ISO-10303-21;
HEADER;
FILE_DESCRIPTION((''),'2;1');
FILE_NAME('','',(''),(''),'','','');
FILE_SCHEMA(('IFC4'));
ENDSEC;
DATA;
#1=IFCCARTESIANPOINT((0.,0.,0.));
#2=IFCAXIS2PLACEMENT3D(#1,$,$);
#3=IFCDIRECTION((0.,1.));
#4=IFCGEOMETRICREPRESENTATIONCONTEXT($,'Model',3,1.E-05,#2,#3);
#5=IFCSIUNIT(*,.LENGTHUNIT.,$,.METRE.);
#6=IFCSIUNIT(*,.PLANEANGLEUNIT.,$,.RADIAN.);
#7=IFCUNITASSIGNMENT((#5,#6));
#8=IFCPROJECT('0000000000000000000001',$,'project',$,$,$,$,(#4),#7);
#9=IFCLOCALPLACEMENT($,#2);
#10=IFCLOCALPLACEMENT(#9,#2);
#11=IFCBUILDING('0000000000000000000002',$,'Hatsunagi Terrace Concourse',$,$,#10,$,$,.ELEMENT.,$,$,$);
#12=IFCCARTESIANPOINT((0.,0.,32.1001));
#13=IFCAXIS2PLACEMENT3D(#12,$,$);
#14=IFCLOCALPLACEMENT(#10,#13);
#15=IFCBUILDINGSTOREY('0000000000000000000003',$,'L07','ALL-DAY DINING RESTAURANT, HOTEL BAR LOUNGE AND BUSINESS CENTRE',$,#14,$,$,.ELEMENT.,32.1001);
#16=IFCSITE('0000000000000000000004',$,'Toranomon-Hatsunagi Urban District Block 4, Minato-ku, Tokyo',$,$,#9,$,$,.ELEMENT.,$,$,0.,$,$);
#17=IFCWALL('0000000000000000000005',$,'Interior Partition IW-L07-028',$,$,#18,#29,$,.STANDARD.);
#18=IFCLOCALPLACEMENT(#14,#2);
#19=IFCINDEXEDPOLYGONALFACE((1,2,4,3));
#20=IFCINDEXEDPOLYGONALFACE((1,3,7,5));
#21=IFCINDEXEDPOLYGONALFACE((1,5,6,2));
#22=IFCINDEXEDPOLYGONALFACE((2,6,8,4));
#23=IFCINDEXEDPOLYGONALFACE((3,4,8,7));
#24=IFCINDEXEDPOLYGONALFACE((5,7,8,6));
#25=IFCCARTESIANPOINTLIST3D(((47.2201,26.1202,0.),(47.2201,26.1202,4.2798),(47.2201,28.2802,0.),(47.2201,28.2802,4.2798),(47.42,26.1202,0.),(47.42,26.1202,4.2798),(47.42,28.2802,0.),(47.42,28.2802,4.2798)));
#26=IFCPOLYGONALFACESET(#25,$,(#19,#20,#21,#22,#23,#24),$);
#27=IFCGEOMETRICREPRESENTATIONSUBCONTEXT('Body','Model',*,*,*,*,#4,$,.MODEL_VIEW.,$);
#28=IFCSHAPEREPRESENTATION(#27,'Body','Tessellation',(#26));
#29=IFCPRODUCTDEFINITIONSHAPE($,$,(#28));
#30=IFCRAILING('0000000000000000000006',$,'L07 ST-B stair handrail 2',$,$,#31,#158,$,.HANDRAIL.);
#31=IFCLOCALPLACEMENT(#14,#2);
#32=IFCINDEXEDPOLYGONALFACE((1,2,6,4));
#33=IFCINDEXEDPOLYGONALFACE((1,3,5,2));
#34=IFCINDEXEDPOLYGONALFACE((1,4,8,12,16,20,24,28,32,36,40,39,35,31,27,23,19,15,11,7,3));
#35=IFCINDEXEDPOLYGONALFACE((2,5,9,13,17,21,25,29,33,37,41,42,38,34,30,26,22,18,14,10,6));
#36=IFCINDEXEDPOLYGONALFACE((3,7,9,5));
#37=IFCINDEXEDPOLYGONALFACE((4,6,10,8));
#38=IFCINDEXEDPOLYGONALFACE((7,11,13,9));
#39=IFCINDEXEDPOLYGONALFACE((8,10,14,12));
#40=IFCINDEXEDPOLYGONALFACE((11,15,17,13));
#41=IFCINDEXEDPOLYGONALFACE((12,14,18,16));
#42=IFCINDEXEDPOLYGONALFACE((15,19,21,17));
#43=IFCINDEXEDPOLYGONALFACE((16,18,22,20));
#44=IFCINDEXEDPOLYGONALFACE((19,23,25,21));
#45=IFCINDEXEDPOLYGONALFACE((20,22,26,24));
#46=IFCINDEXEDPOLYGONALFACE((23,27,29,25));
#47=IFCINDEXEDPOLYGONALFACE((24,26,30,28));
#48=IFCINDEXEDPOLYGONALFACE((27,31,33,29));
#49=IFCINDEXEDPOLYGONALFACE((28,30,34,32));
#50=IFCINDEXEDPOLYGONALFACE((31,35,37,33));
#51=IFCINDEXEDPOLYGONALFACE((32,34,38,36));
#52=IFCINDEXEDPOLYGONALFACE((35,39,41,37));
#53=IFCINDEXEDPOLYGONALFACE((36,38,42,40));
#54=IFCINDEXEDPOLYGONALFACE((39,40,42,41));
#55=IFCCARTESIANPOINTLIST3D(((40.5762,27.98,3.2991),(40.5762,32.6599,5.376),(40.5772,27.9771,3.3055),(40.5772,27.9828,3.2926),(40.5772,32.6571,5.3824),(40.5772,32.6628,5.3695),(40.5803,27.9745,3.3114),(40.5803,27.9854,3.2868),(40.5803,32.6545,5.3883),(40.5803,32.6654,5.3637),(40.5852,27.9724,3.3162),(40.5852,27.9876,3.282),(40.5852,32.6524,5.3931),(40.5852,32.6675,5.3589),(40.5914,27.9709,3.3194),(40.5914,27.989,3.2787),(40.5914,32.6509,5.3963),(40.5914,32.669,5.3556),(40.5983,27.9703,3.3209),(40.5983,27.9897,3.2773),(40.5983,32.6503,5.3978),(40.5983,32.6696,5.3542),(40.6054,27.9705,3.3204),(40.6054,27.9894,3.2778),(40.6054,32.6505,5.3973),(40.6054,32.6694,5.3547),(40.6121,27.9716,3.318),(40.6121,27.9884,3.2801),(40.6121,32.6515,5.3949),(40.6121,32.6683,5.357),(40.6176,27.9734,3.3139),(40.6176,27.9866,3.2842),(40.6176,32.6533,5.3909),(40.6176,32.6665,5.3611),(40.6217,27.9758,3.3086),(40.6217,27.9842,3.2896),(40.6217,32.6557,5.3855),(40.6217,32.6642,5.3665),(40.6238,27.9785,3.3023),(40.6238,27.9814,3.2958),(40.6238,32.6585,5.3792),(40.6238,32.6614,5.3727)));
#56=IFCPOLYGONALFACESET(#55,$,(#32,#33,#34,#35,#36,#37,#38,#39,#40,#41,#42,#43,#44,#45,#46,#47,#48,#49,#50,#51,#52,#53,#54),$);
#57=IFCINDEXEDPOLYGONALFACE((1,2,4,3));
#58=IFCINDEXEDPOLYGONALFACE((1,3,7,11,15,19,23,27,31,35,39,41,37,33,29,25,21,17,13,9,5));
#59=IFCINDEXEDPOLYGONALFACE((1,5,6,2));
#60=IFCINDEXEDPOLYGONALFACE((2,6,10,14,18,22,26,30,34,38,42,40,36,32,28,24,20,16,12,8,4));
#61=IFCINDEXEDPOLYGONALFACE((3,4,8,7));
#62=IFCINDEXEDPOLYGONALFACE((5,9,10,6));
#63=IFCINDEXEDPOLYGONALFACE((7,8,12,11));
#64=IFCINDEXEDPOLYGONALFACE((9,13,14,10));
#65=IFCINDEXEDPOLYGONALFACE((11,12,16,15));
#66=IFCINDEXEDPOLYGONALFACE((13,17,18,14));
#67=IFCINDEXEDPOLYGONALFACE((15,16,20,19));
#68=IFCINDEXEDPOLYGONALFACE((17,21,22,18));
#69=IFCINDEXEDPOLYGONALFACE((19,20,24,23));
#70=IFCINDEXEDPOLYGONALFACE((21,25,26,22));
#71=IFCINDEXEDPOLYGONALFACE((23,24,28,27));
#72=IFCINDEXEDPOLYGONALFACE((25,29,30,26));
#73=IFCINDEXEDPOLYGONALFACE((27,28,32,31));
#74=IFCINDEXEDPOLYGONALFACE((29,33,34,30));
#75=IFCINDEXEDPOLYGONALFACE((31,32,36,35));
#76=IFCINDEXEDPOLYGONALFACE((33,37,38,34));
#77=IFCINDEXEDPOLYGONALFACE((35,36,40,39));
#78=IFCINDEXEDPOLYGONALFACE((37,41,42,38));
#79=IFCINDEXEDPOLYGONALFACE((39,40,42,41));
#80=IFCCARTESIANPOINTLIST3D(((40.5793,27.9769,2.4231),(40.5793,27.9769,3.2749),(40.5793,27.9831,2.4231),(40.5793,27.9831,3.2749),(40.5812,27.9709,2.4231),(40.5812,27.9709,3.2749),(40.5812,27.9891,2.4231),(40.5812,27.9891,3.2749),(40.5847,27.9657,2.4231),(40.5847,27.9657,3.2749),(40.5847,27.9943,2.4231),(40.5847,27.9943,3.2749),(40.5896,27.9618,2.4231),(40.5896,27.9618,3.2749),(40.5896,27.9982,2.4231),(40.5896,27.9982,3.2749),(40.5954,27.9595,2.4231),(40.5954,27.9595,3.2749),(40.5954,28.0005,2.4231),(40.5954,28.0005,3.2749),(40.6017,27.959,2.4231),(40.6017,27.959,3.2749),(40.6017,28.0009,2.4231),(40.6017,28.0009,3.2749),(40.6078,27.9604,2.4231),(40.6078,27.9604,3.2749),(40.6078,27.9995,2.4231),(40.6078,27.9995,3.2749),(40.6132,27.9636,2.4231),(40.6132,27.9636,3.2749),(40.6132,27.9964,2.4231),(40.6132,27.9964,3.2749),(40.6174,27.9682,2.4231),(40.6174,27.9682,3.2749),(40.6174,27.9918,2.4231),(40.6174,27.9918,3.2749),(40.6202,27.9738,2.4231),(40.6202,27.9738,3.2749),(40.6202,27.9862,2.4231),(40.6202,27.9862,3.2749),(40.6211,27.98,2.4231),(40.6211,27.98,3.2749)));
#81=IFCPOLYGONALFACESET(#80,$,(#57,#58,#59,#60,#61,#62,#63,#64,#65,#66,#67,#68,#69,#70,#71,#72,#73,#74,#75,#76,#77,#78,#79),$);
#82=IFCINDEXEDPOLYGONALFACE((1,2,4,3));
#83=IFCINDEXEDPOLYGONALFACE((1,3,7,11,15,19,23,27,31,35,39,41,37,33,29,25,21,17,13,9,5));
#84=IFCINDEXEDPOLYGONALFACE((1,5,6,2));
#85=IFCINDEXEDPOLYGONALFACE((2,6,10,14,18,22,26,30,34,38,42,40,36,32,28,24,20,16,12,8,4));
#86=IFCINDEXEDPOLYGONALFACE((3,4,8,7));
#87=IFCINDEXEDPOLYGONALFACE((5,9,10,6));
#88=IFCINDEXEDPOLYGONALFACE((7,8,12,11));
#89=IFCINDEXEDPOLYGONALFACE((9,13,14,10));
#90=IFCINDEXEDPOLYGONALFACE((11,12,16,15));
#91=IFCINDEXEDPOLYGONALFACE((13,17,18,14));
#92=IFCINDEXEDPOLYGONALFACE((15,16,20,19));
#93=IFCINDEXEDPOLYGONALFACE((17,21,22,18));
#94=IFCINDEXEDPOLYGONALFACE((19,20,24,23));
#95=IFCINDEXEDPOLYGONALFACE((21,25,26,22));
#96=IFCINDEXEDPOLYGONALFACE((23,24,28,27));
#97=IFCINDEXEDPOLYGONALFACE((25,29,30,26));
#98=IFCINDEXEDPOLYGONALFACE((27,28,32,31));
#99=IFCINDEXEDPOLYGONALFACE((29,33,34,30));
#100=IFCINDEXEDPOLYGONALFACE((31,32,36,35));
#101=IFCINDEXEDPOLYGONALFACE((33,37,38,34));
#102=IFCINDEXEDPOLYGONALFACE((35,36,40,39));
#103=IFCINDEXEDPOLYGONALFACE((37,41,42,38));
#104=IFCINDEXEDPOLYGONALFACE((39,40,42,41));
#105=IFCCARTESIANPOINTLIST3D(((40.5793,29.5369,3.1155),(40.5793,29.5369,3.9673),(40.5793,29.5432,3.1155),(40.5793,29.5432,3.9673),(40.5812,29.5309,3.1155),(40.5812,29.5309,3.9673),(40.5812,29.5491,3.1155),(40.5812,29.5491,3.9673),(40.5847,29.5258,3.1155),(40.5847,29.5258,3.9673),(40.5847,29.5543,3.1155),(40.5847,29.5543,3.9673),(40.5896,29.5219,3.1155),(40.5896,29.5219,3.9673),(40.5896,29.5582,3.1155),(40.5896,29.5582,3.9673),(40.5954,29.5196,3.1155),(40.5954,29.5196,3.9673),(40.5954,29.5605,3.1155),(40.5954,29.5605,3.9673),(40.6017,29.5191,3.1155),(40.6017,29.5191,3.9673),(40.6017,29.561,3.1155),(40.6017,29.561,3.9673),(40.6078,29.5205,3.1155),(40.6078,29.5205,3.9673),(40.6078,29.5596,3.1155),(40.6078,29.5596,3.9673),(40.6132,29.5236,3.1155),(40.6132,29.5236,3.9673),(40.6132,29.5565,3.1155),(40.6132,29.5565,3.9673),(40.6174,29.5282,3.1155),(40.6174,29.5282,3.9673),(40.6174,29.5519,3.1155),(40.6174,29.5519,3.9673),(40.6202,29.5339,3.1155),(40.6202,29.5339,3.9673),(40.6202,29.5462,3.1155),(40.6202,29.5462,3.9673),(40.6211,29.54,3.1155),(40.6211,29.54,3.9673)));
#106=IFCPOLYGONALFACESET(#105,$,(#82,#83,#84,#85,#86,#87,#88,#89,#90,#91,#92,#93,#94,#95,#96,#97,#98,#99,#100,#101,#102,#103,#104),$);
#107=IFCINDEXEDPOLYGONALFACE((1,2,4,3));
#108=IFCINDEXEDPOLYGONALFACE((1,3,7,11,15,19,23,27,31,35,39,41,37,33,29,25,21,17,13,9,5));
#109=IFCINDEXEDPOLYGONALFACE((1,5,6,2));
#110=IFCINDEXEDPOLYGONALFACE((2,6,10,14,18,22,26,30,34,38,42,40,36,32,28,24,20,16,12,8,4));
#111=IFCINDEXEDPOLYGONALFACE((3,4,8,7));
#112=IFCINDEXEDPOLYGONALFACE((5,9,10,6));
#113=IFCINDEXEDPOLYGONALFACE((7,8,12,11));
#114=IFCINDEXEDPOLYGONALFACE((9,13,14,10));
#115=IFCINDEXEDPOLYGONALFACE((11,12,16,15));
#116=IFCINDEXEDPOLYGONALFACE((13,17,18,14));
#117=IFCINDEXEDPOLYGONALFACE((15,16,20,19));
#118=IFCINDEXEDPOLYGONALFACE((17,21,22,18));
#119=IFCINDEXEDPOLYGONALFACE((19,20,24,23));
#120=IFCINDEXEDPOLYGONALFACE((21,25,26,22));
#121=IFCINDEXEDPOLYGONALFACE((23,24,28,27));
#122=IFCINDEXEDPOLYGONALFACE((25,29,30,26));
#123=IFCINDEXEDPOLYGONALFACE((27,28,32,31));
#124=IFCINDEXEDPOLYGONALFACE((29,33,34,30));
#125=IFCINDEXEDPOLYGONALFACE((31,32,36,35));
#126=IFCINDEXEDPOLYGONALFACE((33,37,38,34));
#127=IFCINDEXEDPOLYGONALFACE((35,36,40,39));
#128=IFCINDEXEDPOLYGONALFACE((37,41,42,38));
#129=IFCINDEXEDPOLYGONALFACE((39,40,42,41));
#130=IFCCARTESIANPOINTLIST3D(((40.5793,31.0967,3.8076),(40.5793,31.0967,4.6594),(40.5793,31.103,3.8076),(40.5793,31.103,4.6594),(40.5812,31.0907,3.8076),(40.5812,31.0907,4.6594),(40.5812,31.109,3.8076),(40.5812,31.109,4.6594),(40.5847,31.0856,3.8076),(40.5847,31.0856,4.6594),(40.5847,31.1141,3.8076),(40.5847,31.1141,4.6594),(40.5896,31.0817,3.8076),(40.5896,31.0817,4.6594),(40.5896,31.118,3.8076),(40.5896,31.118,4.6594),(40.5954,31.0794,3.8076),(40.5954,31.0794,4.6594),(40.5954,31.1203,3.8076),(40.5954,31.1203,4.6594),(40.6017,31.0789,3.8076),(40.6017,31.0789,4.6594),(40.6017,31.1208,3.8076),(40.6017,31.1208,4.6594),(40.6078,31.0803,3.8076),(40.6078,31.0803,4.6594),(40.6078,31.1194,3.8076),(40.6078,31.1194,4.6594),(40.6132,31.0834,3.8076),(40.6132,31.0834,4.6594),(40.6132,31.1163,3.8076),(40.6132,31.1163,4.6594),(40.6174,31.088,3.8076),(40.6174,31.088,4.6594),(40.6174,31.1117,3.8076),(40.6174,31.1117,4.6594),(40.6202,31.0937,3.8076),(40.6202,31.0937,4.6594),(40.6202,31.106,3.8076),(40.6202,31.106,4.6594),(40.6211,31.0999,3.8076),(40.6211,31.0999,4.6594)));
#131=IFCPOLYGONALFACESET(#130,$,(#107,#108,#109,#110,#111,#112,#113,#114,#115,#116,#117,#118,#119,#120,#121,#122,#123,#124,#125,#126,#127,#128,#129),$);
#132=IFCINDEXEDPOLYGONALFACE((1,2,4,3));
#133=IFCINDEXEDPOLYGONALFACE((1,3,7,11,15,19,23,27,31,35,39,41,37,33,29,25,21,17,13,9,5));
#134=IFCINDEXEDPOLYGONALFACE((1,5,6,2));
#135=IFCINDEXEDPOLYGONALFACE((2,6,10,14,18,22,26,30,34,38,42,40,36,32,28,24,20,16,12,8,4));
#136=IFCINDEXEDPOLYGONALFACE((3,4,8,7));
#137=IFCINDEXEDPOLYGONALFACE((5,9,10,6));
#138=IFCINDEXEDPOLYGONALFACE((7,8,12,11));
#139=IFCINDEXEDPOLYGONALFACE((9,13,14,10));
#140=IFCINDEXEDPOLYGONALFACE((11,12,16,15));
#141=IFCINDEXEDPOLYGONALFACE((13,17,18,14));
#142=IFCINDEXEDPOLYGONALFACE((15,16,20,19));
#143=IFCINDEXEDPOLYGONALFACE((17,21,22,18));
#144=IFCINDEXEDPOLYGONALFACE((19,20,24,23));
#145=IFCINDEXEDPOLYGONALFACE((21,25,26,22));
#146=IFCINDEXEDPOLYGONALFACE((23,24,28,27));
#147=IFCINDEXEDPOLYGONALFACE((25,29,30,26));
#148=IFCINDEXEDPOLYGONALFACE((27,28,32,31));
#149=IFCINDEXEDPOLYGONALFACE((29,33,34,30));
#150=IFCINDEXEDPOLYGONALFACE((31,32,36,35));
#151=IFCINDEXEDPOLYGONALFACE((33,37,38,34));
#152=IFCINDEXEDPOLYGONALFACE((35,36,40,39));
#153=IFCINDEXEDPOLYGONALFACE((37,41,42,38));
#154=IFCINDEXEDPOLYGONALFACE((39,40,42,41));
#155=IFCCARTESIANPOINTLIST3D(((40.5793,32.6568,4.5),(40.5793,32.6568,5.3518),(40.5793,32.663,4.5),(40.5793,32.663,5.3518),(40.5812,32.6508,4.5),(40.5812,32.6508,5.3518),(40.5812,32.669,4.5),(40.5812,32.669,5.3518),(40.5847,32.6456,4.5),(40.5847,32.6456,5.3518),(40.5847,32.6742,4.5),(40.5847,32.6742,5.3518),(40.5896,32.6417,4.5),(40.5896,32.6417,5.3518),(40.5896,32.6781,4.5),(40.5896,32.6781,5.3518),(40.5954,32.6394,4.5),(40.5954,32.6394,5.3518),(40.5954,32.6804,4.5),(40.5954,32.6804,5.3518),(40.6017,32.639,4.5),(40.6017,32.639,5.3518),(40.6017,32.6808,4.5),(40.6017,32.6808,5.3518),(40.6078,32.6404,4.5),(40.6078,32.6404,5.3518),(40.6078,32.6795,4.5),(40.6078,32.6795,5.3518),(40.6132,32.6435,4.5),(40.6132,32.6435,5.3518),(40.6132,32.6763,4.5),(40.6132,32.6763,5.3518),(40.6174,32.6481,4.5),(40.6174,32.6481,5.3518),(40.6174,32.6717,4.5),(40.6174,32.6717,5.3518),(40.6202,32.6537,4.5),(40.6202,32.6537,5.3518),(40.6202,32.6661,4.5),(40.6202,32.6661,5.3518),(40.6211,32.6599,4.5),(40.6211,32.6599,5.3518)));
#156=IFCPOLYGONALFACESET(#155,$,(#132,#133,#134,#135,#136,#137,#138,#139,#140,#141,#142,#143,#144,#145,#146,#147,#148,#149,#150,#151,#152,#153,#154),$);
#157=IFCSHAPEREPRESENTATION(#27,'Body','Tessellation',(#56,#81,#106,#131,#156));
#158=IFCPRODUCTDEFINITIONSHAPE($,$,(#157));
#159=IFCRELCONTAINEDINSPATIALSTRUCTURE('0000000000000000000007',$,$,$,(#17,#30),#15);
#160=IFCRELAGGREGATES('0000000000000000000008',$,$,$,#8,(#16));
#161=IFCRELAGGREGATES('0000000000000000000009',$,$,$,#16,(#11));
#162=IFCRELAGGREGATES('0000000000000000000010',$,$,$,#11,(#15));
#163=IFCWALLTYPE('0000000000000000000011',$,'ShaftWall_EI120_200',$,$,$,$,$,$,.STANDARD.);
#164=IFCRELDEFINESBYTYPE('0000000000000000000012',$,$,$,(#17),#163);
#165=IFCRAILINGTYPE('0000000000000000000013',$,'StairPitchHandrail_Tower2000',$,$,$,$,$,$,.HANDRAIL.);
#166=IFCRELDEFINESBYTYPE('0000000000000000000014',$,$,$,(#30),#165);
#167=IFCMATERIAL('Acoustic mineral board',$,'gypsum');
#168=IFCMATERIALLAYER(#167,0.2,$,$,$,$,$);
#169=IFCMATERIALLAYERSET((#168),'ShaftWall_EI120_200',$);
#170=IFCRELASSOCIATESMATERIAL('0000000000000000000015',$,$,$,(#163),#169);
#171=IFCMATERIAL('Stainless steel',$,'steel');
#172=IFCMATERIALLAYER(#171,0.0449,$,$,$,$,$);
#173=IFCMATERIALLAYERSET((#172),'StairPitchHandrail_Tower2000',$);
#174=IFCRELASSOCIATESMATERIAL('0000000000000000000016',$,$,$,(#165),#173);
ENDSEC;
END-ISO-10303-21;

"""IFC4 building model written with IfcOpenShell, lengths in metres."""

from ifc_helpers import new_model, si_unit, direction, frame, frame_2d, origin, origin_2d, place, context, subcontext, project, spatial, rectangle, circle, extrude, material, layer, layer_set, type_object, element, save


model = new_model("IFC4")

# Units and contexts
model_context = context("Model", 3, precision=1e-05, world=origin(), true_north=direction((0.0, 1.0)))
body_context = subcontext(model_context, "Body", "Model", "MODEL_VIEW")
ifc_project = project(units=[si_unit("LENGTHUNIT", "METRE"), si_unit("PLANEANGLEUNIT", "RADIAN")], contexts=[model_context])

# Site, building, storey
site_placement = place(None, origin())
site = spatial("IfcSite", under=ifc_project, at=site_placement, Name="Toranomon-Hatsunagi Urban District Block 4, Minato-ku, Tokyo", CompositionType="ELEMENT", RefElevation=0.0)
building_placement = place(site_placement, origin())
building = spatial("IfcBuilding", under=site, at=building_placement, Name="Hatsunagi Terrace Concourse", CompositionType="ELEMENT")
storey_placement = place(building_placement, frame((0.0, 0.0, 32.1001)))
storey = spatial("IfcBuildingStorey", under=building, at=storey_placement, Name="L07", Description="ALL-DAY DINING RESTAURANT, HOTEL BAR LOUNGE AND BUSINESS CENTRE", CompositionType="ELEMENT", Elevation=32.1001)

# Wall
ifc_material_1 = material(Name="Acoustic mineral board", Category="gypsum")
ifc_layer_1 = layer(ifc_material_1, 0.2)
ifc_layer_set_1 = layer_set([ifc_layer_1], Name="ShaftWall_EI120_200")
wall_type_1 = type_object("IfcWallType", Name="ShaftWall_EI120_200", PredefinedType="STANDARD", material=ifc_layer_set_1)
for number, where, z_axis, x_axis, name in (
    (1, (47.3201, 26.1201, 0.0), (0.0, 0.0, 1.0), (0.0, 1.0, 0.0), "Interior Partition IW-L07-028"),
):
    element("IfcWall", number, at=place(storey_placement, frame(where, z_axis=z_axis, x_axis=x_axis)), inside=storey, type_object=wall_type_1, Name=name, PredefinedType="STANDARD", context=body_context, shape_type="SweptSolid", body=[
        extrude(rectangle(XDim=2.1599, YDim=0.2, at=frame_2d((1.0801, 0.0))), origin(), (0.0, 0.0, 1.0), 4.2798),
    ])

# Railing
ifc_material_2 = material(Name="Stainless steel", Category="steel")
ifc_layer_2 = layer(ifc_material_2, 0.0449)
ifc_layer_set_2 = layer_set([ifc_layer_2], Name="StairPitchHandrail_Tower2000")
railing_type = type_object("IfcRailingType", Name="StairPitchHandrail_Tower2000", PredefinedType="HANDRAIL", material=ifc_layer_set_2)
railing_placement = place(storey_placement, frame((40.6001, 27.98, 2.4231)))
element("IfcRailing", 2, at=railing_placement, inside=storey, type_object=railing_type, Name="L07 ST-B stair handrail 2", PredefinedType="HANDRAIL", context=body_context, shape_type="SweptSolid", body=[
    extrude(circle(Radius=0.0239, at=origin_2d()), frame((0.0, 0.0, 0.876), z_axis=(0.0, 0.914034, 0.405638), x_axis=(-1.0, 0.0, 0.0)), (0.0, 0.0, 1.0), 5.1201),
    extrude(circle(Radius=0.021, at=origin_2d()), origin(), (0.0, 0.0, 1.0), 0.8518),
    extrude(circle(Radius=0.021, at=origin_2d()), frame((0.0, 1.5601, 0.6924)), (0.0, 0.0, 1.0), 0.8518),
    extrude(circle(Radius=0.021, at=origin_2d()), frame((0.0, 3.1199, 1.3845)), (0.0, 0.0, 1.0), 0.8518),
    extrude(circle(Radius=0.021, at=origin_2d()), frame((0.0, 4.6799, 2.0769)), (0.0, 0.0, 1.0), 0.8518),
])

save(model, "model.ifc")
